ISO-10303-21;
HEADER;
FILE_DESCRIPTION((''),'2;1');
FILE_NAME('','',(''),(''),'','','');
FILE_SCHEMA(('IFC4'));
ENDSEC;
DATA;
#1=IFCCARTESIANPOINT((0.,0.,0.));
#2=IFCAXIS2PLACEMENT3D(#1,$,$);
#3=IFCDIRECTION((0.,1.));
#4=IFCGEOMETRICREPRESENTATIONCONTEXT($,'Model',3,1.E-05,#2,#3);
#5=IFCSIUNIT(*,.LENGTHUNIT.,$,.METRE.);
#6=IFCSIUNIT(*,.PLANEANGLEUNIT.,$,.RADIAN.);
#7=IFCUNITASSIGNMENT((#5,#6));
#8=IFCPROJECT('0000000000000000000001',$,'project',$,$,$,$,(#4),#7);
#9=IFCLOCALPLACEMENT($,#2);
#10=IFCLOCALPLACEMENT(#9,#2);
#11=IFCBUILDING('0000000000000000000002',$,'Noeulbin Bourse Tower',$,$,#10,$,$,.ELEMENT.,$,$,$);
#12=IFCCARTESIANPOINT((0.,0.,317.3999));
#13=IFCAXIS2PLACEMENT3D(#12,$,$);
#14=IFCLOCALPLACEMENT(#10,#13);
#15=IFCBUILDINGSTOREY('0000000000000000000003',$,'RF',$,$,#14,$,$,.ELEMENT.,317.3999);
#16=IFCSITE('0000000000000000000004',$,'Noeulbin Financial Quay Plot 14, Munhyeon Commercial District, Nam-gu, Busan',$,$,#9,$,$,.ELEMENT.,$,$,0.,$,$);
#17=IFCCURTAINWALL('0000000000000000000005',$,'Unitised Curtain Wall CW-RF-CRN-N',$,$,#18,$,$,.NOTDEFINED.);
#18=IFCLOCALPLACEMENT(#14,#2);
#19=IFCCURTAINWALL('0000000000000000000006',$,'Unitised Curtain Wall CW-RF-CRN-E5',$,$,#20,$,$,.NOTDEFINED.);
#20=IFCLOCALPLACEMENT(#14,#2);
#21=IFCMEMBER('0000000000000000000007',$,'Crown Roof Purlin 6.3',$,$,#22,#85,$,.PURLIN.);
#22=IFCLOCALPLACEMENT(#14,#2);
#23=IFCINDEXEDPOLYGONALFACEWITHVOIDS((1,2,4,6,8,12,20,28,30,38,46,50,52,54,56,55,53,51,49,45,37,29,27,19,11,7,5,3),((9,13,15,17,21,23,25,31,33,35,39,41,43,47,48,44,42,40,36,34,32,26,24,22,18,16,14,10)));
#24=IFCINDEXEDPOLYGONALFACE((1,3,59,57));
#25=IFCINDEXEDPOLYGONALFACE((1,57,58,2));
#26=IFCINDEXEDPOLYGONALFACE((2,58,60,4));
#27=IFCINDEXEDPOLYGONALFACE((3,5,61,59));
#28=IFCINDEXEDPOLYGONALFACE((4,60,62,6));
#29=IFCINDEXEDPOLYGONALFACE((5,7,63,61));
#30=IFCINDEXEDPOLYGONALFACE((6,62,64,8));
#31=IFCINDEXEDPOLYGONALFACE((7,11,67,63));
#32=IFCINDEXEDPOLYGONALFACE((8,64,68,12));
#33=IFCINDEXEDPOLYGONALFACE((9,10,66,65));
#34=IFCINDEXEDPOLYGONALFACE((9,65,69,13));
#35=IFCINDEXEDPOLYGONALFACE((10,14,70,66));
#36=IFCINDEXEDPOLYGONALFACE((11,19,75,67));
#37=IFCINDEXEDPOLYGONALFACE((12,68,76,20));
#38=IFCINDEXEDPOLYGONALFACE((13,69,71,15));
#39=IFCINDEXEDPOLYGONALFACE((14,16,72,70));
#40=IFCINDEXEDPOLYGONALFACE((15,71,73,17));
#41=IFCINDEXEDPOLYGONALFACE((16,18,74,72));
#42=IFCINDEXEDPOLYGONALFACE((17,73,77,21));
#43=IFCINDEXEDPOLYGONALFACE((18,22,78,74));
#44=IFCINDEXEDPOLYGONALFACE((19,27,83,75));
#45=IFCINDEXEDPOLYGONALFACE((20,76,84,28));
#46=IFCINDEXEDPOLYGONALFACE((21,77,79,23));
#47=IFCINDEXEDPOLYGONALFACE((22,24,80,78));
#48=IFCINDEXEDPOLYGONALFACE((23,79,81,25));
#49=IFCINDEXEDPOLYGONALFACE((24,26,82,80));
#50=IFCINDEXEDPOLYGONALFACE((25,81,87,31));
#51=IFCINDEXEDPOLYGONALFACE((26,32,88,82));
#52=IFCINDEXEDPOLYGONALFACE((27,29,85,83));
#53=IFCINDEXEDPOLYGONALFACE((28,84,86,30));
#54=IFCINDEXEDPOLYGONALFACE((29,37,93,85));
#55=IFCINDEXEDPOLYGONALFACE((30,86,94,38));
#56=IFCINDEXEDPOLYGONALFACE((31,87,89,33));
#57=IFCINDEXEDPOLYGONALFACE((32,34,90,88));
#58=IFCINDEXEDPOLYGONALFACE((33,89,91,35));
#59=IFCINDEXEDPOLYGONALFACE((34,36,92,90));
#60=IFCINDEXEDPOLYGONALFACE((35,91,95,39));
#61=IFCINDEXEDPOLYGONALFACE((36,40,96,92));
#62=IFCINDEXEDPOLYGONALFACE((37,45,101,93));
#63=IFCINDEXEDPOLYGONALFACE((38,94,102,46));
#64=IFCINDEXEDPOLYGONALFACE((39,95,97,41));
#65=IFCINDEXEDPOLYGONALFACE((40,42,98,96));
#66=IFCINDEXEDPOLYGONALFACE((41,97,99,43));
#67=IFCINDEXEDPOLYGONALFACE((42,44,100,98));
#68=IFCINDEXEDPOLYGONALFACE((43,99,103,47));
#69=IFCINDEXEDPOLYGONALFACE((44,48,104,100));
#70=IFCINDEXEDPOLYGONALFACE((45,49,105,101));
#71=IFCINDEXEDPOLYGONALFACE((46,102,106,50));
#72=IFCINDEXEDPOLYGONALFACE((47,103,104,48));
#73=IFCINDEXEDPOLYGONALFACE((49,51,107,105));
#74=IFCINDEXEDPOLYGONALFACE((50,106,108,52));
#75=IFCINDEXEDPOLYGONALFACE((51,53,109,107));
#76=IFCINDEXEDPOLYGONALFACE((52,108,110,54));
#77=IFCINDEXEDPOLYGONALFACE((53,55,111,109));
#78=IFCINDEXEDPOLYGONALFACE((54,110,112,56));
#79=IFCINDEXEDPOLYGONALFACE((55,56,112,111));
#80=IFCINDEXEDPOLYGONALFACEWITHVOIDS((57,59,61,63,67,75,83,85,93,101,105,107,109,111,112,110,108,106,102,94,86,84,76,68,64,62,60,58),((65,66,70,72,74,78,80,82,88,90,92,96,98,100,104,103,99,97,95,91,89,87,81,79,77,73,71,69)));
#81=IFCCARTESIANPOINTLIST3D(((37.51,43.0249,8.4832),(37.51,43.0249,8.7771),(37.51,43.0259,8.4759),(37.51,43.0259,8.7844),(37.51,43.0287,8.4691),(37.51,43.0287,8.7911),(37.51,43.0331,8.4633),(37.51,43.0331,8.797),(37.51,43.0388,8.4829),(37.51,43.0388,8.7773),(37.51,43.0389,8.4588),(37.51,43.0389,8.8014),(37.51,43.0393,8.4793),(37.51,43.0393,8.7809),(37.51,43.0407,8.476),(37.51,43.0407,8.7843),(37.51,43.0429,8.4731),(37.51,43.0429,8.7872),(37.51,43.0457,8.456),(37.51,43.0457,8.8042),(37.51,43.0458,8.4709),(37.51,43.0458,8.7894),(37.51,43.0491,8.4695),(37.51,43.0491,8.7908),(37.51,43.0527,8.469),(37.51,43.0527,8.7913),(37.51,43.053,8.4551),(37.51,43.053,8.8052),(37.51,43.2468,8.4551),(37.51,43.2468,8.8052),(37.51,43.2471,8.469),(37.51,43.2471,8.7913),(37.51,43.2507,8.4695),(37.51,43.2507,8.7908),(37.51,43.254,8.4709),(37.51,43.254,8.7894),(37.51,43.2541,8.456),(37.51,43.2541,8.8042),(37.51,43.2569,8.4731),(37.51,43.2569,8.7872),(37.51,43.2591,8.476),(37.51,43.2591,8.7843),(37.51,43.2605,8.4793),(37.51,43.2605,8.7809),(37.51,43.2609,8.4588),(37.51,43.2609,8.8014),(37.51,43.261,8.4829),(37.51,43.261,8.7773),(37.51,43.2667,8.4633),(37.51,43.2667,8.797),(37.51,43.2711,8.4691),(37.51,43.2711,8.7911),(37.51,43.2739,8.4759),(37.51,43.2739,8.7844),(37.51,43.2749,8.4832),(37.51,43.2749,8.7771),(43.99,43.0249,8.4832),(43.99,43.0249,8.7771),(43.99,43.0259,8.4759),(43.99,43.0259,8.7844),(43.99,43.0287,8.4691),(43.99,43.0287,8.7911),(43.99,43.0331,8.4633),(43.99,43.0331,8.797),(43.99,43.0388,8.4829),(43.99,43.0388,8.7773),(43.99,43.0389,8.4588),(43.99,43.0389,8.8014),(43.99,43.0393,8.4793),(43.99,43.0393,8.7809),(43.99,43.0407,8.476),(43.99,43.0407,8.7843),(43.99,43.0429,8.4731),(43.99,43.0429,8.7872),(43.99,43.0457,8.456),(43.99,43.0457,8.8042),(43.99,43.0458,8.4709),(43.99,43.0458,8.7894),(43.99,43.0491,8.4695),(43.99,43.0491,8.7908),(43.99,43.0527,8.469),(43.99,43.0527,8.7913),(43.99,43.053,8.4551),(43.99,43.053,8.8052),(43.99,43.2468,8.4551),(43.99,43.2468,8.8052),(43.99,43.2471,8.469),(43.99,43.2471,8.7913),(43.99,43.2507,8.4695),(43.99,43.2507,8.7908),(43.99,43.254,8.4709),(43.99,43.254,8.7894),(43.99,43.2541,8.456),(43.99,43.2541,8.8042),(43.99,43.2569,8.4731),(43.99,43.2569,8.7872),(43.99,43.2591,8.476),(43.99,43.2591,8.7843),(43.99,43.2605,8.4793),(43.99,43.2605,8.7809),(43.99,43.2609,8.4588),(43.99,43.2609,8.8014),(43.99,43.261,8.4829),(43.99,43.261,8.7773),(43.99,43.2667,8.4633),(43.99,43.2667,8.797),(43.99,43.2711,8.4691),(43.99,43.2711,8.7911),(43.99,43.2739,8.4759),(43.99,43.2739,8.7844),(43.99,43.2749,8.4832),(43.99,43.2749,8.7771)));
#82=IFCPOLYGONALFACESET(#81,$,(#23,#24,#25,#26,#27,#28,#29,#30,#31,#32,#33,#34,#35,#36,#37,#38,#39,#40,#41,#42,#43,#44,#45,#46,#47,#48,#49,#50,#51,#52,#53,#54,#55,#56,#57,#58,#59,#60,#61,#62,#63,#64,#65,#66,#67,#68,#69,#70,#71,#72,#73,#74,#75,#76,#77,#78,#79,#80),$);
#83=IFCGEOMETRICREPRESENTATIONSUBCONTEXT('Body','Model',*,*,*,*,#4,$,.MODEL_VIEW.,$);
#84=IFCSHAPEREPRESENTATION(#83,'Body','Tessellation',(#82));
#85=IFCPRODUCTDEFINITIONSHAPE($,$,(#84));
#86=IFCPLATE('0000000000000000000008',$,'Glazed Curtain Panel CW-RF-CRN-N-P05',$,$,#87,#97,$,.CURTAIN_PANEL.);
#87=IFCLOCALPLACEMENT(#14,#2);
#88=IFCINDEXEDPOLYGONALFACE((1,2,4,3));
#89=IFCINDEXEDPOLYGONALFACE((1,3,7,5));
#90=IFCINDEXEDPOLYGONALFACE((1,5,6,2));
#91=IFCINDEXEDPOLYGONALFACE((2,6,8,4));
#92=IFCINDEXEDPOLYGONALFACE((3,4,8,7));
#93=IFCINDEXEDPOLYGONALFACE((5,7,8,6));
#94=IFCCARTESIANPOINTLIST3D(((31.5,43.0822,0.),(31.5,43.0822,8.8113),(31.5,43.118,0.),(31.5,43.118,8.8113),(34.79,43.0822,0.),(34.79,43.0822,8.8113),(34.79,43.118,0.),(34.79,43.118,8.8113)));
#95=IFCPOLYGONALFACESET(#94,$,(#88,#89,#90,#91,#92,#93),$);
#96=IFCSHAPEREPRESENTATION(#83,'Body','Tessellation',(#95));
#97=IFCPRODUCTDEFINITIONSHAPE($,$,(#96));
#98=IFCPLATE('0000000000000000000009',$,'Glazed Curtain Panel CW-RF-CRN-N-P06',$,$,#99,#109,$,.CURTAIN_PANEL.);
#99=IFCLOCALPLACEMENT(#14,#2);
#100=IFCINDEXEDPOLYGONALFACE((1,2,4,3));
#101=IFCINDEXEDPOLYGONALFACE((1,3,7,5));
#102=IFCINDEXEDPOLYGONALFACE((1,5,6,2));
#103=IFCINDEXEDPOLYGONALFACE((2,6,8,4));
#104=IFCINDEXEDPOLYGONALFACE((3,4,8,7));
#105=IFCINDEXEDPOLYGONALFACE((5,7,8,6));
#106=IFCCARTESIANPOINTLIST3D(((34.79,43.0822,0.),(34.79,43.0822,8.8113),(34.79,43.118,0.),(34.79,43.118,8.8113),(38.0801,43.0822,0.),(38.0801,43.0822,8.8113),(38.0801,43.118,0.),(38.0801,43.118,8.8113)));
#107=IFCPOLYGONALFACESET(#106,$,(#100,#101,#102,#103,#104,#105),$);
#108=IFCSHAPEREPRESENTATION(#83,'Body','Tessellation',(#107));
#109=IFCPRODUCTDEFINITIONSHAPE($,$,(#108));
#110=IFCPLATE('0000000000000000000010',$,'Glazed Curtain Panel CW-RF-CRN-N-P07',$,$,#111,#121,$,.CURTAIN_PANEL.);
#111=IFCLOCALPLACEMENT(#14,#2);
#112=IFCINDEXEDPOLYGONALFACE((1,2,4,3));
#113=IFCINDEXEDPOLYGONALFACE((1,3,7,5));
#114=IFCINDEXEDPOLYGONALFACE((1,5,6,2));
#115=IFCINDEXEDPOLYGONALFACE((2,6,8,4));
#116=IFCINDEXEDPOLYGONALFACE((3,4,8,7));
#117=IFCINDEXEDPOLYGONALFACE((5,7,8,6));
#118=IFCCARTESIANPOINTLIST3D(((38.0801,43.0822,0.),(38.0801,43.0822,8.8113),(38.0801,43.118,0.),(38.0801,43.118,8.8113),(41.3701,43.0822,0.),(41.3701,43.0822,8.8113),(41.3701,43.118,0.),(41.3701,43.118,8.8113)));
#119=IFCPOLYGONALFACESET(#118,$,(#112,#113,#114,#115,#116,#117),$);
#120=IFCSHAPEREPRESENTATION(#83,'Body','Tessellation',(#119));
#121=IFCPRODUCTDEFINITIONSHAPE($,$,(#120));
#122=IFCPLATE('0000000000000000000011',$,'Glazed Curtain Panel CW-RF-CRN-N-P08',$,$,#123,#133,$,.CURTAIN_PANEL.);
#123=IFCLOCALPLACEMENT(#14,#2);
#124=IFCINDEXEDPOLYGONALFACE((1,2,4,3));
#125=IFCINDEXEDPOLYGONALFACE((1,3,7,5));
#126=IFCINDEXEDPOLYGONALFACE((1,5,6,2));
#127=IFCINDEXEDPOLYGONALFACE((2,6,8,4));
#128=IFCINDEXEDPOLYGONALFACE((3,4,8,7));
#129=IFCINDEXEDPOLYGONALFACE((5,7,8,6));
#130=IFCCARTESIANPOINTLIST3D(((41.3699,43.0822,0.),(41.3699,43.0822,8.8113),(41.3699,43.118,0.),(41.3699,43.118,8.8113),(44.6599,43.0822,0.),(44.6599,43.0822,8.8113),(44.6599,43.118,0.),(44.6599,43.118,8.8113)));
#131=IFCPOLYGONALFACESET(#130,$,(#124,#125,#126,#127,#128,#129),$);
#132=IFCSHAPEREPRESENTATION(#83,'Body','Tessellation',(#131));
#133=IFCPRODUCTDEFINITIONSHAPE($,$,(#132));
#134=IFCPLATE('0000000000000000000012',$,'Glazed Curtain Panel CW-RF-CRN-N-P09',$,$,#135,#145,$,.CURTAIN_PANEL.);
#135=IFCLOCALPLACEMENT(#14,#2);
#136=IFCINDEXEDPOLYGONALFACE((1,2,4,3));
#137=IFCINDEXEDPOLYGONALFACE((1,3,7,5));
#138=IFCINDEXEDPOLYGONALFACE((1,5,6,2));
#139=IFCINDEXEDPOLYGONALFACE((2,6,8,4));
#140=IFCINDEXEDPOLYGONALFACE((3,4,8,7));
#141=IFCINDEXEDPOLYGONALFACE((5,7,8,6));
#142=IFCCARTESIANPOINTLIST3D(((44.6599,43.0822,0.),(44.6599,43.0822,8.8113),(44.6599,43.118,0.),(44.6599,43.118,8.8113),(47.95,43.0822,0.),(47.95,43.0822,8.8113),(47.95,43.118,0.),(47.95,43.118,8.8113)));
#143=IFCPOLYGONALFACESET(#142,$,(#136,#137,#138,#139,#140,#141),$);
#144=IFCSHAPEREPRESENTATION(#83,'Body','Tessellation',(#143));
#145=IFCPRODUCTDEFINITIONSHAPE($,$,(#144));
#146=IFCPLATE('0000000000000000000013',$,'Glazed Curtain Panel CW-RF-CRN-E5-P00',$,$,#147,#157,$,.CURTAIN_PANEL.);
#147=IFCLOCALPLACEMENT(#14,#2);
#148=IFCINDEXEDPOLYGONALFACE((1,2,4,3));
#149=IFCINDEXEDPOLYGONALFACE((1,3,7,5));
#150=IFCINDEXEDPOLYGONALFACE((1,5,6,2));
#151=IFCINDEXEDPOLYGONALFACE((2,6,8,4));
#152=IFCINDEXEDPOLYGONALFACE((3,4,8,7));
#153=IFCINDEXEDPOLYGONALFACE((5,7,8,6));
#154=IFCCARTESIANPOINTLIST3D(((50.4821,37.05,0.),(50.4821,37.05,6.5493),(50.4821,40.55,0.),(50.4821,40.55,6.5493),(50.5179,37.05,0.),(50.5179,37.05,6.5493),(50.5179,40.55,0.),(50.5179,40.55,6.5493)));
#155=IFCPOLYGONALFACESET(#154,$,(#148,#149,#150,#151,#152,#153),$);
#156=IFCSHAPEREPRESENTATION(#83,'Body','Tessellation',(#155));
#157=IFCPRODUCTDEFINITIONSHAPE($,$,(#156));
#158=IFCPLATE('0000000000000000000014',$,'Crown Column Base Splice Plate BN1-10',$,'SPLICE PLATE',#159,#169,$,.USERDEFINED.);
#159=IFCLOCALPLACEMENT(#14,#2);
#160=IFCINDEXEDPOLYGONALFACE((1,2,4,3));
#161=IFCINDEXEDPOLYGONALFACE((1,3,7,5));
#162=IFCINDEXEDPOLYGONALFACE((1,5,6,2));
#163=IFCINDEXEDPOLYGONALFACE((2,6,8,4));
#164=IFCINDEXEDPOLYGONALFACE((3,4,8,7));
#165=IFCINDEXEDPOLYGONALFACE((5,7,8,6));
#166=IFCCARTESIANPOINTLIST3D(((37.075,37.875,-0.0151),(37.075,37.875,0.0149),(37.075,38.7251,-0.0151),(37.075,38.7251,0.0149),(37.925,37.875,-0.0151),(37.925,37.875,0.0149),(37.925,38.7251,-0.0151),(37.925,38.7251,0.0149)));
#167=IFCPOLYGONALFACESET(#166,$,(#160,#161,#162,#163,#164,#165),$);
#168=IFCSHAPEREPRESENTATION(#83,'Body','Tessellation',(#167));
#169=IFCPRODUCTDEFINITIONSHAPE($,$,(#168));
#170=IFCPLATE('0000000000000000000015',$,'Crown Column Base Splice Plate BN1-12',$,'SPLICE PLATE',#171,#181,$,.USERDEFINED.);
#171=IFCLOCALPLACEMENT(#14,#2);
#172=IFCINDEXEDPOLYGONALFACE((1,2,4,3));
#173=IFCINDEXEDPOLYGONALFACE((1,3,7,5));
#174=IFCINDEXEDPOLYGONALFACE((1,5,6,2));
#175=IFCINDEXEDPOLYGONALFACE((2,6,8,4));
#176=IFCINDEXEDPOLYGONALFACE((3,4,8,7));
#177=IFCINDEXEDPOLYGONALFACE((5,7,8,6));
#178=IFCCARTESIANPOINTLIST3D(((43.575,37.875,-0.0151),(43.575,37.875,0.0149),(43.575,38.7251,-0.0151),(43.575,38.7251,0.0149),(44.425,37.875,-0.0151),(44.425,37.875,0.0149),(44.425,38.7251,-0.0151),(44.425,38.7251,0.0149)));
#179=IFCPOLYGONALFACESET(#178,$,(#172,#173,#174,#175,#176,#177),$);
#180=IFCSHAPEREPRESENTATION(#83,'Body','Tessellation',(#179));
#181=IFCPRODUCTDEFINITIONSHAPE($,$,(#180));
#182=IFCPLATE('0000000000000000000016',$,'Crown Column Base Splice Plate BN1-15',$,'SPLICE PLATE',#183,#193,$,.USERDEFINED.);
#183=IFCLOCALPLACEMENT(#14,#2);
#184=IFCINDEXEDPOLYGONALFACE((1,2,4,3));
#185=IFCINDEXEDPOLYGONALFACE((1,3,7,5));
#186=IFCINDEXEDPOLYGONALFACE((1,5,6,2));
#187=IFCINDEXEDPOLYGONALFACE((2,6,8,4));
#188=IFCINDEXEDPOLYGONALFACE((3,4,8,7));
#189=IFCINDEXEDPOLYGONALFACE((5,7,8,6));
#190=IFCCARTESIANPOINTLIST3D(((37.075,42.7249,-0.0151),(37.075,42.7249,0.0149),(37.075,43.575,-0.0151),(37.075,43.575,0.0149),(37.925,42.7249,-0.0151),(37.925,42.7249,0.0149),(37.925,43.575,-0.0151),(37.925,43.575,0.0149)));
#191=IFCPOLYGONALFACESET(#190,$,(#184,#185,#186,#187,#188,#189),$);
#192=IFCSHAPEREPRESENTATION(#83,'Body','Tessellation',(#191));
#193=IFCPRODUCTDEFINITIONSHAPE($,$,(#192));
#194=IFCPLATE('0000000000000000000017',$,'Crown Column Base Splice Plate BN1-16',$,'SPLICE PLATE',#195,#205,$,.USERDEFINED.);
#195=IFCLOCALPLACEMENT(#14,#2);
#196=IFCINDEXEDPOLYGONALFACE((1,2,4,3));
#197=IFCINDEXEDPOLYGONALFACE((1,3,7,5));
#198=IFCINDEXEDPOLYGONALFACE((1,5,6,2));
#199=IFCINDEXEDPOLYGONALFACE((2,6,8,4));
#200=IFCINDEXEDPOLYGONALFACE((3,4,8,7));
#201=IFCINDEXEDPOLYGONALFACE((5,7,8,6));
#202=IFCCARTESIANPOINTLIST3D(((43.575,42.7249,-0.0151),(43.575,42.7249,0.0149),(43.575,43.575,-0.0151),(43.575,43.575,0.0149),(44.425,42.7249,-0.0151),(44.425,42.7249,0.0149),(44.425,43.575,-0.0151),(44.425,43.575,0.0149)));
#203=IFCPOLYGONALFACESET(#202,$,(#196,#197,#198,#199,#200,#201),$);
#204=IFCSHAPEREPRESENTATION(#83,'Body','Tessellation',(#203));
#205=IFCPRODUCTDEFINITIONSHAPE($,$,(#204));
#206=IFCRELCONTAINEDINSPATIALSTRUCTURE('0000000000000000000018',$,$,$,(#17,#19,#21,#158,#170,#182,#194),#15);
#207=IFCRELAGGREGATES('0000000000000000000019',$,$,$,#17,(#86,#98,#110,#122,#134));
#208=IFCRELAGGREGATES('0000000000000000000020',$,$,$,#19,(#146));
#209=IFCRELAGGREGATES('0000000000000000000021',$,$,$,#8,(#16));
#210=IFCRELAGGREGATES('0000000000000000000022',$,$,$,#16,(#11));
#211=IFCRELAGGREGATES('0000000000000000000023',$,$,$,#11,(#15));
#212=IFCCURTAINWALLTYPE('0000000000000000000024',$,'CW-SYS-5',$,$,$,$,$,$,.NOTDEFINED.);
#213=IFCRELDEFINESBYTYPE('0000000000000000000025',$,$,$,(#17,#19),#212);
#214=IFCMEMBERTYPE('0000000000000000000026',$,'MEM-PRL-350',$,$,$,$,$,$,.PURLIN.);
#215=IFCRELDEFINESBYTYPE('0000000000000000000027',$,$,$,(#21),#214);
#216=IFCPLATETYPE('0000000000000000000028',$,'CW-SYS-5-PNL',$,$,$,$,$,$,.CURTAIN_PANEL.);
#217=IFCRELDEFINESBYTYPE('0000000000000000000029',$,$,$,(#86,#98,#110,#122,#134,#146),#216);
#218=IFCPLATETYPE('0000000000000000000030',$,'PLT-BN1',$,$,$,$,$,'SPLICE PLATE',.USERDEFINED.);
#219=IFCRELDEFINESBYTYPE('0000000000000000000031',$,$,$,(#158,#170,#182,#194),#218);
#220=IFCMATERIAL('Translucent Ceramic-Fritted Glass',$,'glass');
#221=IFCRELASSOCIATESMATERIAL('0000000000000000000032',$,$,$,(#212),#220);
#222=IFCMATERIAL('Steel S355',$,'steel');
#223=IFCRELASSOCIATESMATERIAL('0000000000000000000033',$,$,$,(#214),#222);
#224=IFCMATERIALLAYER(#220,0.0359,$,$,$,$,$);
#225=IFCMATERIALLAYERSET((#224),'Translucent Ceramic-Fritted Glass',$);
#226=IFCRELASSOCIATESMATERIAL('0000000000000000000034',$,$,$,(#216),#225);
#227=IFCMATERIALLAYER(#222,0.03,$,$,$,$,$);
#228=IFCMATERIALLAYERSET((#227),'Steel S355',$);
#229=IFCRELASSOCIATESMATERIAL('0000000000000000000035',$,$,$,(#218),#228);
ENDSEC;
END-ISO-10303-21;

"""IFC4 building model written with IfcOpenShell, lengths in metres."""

from ifc_helpers import new_model, si_unit, direction, frame, origin, origin_2d, place, context, subcontext, project, spatial, rectangle, hollow_rectangle, extrude, material, layer, layer_set, material_profile, profile_set, type_object, element, aggregate, save


model = new_model("IFC4")

# Units and contexts
model_context = context("Model", 3, precision=1e-05, world=origin(), true_north=direction((0.0, 1.0)))
body_context = subcontext(model_context, "Body", "Model", "MODEL_VIEW")
ifc_project = project(units=[si_unit("LENGTHUNIT", "METRE"), si_unit("PLANEANGLEUNIT", "RADIAN")], contexts=[model_context])

# Site, building, storey
site_placement = place(None, origin())
site = spatial("IfcSite", under=ifc_project, at=site_placement, Name="Noeulbin Financial Quay Plot 14, Munhyeon Commercial District, Nam-gu, Busan", CompositionType="ELEMENT", RefElevation=0.0)
building_placement = place(site_placement, origin())
building = spatial("IfcBuilding", under=site, at=building_placement, Name="Noeulbin Bourse Tower", CompositionType="ELEMENT")
storey_placement = place(building_placement, frame((0.0, 0.0, 317.3999)))
storey = spatial("IfcBuildingStorey", under=building, at=storey_placement, Name="RF", CompositionType="ELEMENT", Elevation=317.3999)

# Shared definitions
ifc_material_1 = material(Name="Steel S355", Category="steel")

# Curtain walls
ifc_material_2 = material(Name="Translucent Ceramic-Fritted Glass", Category="glass")
curtain_wall_type = type_object("IfcCurtainWallType", Name="CW-SYS-5", PredefinedType="NOTDEFINED", material=ifc_material_2)
curtain_wall_1_placement = place(storey_placement, origin())
curtain_wall_1 = element("IfcCurtainWall", 1, at=curtain_wall_1_placement, inside=storey, type_object=curtain_wall_type, Name="Unitised Curtain Wall CW-RF-CRN-N", PredefinedType="NOTDEFINED")
curtain_wall_2_placement = place(storey_placement, origin())
curtain_wall_2 = element("IfcCurtainWall", 2, at=curtain_wall_2_placement, inside=storey, type_object=curtain_wall_type, Name="Unitised Curtain Wall CW-RF-CRN-E5", PredefinedType="NOTDEFINED")

# Member
ifc_material_profile_1 = material_profile(ifc_material_1, hollow_rectangle(XDim=0.25, YDim=0.3501, WallThickness=0.0139, InnerFilletRadius=0.0139, OuterFilletRadius=0.0281, at=origin_2d()), Name="RHS-350x250x14", Category="LoadBearing")
ifc_profile_set_1 = profile_set([ifc_material_profile_1], Name="Steel S355")
member_type_1 = type_object("IfcMemberType", Name="MEM-PRL-350", PredefinedType="PURLIN", material=ifc_profile_set_1)
for number, where, z_axis, x_axis, name in (
    (3, (37.51, 43.1499, 8.6301), (1.0, 0.0, 0.0), (0.0, 1.0, 0.0), "Crown Roof Purlin 6.3"),
):
    element("IfcMember", number, at=place(storey_placement, frame(where, z_axis=z_axis, x_axis=x_axis)), inside=storey, type_object=member_type_1, Name=name, PredefinedType="PURLIN", context=body_context, shape_type="SweptSolid", body=[
        extrude(hollow_rectangle(XDim=0.25, YDim=0.3501, WallThickness=0.0139, InnerFilletRadius=0.0139, OuterFilletRadius=0.0281, at=origin_2d()), origin(), (0.0, 0.0, 1.0), 6.48),
    ])

# Plates
ifc_layer_1 = layer(ifc_material_2, 0.0359)
ifc_layer_set_1 = layer_set([ifc_layer_1], Name="Translucent Ceramic-Fritted Glass")
plate_type_1 = type_object("IfcPlateType", Name="CW-SYS-5-PNL", PredefinedType="CURTAIN_PANEL", material=ifc_layer_set_1)
plate_1_placement = place(storey_placement, frame((33.145, 43.1001, 0.0), z_axis=(0.0, 0.0, 1.0), x_axis=(1.0, 0.0, 0.0)))
plate_1 = element("IfcPlate", 4, at=plate_1_placement, type_object=plate_type_1, Name="Glazed Curtain Panel CW-RF-CRN-N-P05", PredefinedType="CURTAIN_PANEL", context=body_context, shape_type="SweptSolid", body=[
    extrude(rectangle(XDim=3.29, YDim=0.0359, at=origin_2d()), origin(), (0.0, 0.0, 1.0), 8.8113),
])
plate_2_placement = place(storey_placement, frame((36.4351, 43.1001, 0.0), z_axis=(0.0, 0.0, 1.0), x_axis=(1.0, 0.0, 0.0)))
plate_2 = element("IfcPlate", 5, at=plate_2_placement, type_object=plate_type_1, Name="Glazed Curtain Panel CW-RF-CRN-N-P06", PredefinedType="CURTAIN_PANEL", context=body_context, shape_type="SweptSolid", body=[
    extrude(rectangle(XDim=3.29, YDim=0.0359, at=origin_2d()), origin(), (0.0, 0.0, 1.0), 8.8113),
])
plate_3_placement = place(storey_placement, frame((39.7251, 43.1001, 0.0), z_axis=(0.0, 0.0, 1.0), x_axis=(1.0, 0.0, 0.0)))
plate_3 = element("IfcPlate", 6, at=plate_3_placement, type_object=plate_type_1, Name="Glazed Curtain Panel CW-RF-CRN-N-P07", PredefinedType="CURTAIN_PANEL", context=body_context, shape_type="SweptSolid", body=[
    extrude(rectangle(XDim=3.29, YDim=0.0359, at=origin_2d()), origin(), (0.0, 0.0, 1.0), 8.8113),
])
plate_4_placement = place(storey_placement, frame((43.0149, 43.1001, 0.0), z_axis=(0.0, 0.0, 1.0), x_axis=(1.0, 0.0, 0.0)))
plate_4 = element("IfcPlate", 7, at=plate_4_placement, type_object=plate_type_1, Name="Glazed Curtain Panel CW-RF-CRN-N-P08", PredefinedType="CURTAIN_PANEL", context=body_context, shape_type="SweptSolid", body=[
    extrude(rectangle(XDim=3.29, YDim=0.0359, at=origin_2d()), origin(), (0.0, 0.0, 1.0), 8.8113),
])
plate_5_placement = place(storey_placement, frame((46.3049, 43.1001, 0.0), z_axis=(0.0, 0.0, 1.0), x_axis=(1.0, 0.0, 0.0)))
plate_5 = element("IfcPlate", 8, at=plate_5_placement, type_object=plate_type_1, Name="Glazed Curtain Panel CW-RF-CRN-N-P09", PredefinedType="CURTAIN_PANEL", context=body_context, shape_type="SweptSolid", body=[
    extrude(rectangle(XDim=3.29, YDim=0.0359, at=origin_2d()), origin(), (0.0, 0.0, 1.0), 8.8113),
])
aggregate(curtain_wall_1, [plate_1, plate_2, plate_3, plate_4, plate_5])
plate_6_placement = place(storey_placement, frame((50.5, 38.8, 0.0), z_axis=(0.0, 0.0, 1.0), x_axis=(0.0, 1.0, 0.0)))
plate_6 = element("IfcPlate", 9, at=plate_6_placement, type_object=plate_type_1, Name="Glazed Curtain Panel CW-RF-CRN-E5-P00", PredefinedType="CURTAIN_PANEL", context=body_context, shape_type="SweptSolid", body=[
    extrude(rectangle(XDim=3.5, YDim=0.0359, at=origin_2d()), origin(), (0.0, 0.0, 1.0), 6.5493),
])
aggregate(curtain_wall_2, [plate_6])

# Plates
ifc_layer_2 = layer(ifc_material_1, 0.03)
ifc_layer_set_2 = layer_set([ifc_layer_2], Name="Steel S355")
plate_type_2 = type_object("IfcPlateType", Name="PLT-BN1", ElementType="SPLICE PLATE", PredefinedType="USERDEFINED", material=ifc_layer_set_2)
for number, where, z_axis, x_axis, name in (
    (10, (37.5, 38.3, -0.0151), (0.0, 0.0, 1.0), (1.0, 0.0, 0.0), "Crown Column Base Splice Plate BN1-10"),
    (11, (44.0, 38.3, -0.0151), (0.0, 0.0, 1.0), (1.0, 0.0, 0.0), "Crown Column Base Splice Plate BN1-12"),
    (12, (37.5, 43.1499, -0.0151), (0.0, 0.0, 1.0), (1.0, 0.0, 0.0), "Crown Column Base Splice Plate BN1-15"),
    (13, (44.0, 43.1499, -0.0151), (0.0, 0.0, 1.0), (1.0, 0.0, 0.0), "Crown Column Base Splice Plate BN1-16"),
):
    element("IfcPlate", number, at=place(storey_placement, frame(where, z_axis=z_axis, x_axis=x_axis)), inside=storey, type_object=plate_type_2, Name=name, ObjectType="SPLICE PLATE", PredefinedType="USERDEFINED", context=body_context, shape_type="SweptSolid", body=[
        extrude(rectangle(XDim=0.8501, YDim=0.8501, at=origin_2d()), origin(), (0.0, 0.0, 1.0), 0.03),
    ])

save(model, "model.ifc")
